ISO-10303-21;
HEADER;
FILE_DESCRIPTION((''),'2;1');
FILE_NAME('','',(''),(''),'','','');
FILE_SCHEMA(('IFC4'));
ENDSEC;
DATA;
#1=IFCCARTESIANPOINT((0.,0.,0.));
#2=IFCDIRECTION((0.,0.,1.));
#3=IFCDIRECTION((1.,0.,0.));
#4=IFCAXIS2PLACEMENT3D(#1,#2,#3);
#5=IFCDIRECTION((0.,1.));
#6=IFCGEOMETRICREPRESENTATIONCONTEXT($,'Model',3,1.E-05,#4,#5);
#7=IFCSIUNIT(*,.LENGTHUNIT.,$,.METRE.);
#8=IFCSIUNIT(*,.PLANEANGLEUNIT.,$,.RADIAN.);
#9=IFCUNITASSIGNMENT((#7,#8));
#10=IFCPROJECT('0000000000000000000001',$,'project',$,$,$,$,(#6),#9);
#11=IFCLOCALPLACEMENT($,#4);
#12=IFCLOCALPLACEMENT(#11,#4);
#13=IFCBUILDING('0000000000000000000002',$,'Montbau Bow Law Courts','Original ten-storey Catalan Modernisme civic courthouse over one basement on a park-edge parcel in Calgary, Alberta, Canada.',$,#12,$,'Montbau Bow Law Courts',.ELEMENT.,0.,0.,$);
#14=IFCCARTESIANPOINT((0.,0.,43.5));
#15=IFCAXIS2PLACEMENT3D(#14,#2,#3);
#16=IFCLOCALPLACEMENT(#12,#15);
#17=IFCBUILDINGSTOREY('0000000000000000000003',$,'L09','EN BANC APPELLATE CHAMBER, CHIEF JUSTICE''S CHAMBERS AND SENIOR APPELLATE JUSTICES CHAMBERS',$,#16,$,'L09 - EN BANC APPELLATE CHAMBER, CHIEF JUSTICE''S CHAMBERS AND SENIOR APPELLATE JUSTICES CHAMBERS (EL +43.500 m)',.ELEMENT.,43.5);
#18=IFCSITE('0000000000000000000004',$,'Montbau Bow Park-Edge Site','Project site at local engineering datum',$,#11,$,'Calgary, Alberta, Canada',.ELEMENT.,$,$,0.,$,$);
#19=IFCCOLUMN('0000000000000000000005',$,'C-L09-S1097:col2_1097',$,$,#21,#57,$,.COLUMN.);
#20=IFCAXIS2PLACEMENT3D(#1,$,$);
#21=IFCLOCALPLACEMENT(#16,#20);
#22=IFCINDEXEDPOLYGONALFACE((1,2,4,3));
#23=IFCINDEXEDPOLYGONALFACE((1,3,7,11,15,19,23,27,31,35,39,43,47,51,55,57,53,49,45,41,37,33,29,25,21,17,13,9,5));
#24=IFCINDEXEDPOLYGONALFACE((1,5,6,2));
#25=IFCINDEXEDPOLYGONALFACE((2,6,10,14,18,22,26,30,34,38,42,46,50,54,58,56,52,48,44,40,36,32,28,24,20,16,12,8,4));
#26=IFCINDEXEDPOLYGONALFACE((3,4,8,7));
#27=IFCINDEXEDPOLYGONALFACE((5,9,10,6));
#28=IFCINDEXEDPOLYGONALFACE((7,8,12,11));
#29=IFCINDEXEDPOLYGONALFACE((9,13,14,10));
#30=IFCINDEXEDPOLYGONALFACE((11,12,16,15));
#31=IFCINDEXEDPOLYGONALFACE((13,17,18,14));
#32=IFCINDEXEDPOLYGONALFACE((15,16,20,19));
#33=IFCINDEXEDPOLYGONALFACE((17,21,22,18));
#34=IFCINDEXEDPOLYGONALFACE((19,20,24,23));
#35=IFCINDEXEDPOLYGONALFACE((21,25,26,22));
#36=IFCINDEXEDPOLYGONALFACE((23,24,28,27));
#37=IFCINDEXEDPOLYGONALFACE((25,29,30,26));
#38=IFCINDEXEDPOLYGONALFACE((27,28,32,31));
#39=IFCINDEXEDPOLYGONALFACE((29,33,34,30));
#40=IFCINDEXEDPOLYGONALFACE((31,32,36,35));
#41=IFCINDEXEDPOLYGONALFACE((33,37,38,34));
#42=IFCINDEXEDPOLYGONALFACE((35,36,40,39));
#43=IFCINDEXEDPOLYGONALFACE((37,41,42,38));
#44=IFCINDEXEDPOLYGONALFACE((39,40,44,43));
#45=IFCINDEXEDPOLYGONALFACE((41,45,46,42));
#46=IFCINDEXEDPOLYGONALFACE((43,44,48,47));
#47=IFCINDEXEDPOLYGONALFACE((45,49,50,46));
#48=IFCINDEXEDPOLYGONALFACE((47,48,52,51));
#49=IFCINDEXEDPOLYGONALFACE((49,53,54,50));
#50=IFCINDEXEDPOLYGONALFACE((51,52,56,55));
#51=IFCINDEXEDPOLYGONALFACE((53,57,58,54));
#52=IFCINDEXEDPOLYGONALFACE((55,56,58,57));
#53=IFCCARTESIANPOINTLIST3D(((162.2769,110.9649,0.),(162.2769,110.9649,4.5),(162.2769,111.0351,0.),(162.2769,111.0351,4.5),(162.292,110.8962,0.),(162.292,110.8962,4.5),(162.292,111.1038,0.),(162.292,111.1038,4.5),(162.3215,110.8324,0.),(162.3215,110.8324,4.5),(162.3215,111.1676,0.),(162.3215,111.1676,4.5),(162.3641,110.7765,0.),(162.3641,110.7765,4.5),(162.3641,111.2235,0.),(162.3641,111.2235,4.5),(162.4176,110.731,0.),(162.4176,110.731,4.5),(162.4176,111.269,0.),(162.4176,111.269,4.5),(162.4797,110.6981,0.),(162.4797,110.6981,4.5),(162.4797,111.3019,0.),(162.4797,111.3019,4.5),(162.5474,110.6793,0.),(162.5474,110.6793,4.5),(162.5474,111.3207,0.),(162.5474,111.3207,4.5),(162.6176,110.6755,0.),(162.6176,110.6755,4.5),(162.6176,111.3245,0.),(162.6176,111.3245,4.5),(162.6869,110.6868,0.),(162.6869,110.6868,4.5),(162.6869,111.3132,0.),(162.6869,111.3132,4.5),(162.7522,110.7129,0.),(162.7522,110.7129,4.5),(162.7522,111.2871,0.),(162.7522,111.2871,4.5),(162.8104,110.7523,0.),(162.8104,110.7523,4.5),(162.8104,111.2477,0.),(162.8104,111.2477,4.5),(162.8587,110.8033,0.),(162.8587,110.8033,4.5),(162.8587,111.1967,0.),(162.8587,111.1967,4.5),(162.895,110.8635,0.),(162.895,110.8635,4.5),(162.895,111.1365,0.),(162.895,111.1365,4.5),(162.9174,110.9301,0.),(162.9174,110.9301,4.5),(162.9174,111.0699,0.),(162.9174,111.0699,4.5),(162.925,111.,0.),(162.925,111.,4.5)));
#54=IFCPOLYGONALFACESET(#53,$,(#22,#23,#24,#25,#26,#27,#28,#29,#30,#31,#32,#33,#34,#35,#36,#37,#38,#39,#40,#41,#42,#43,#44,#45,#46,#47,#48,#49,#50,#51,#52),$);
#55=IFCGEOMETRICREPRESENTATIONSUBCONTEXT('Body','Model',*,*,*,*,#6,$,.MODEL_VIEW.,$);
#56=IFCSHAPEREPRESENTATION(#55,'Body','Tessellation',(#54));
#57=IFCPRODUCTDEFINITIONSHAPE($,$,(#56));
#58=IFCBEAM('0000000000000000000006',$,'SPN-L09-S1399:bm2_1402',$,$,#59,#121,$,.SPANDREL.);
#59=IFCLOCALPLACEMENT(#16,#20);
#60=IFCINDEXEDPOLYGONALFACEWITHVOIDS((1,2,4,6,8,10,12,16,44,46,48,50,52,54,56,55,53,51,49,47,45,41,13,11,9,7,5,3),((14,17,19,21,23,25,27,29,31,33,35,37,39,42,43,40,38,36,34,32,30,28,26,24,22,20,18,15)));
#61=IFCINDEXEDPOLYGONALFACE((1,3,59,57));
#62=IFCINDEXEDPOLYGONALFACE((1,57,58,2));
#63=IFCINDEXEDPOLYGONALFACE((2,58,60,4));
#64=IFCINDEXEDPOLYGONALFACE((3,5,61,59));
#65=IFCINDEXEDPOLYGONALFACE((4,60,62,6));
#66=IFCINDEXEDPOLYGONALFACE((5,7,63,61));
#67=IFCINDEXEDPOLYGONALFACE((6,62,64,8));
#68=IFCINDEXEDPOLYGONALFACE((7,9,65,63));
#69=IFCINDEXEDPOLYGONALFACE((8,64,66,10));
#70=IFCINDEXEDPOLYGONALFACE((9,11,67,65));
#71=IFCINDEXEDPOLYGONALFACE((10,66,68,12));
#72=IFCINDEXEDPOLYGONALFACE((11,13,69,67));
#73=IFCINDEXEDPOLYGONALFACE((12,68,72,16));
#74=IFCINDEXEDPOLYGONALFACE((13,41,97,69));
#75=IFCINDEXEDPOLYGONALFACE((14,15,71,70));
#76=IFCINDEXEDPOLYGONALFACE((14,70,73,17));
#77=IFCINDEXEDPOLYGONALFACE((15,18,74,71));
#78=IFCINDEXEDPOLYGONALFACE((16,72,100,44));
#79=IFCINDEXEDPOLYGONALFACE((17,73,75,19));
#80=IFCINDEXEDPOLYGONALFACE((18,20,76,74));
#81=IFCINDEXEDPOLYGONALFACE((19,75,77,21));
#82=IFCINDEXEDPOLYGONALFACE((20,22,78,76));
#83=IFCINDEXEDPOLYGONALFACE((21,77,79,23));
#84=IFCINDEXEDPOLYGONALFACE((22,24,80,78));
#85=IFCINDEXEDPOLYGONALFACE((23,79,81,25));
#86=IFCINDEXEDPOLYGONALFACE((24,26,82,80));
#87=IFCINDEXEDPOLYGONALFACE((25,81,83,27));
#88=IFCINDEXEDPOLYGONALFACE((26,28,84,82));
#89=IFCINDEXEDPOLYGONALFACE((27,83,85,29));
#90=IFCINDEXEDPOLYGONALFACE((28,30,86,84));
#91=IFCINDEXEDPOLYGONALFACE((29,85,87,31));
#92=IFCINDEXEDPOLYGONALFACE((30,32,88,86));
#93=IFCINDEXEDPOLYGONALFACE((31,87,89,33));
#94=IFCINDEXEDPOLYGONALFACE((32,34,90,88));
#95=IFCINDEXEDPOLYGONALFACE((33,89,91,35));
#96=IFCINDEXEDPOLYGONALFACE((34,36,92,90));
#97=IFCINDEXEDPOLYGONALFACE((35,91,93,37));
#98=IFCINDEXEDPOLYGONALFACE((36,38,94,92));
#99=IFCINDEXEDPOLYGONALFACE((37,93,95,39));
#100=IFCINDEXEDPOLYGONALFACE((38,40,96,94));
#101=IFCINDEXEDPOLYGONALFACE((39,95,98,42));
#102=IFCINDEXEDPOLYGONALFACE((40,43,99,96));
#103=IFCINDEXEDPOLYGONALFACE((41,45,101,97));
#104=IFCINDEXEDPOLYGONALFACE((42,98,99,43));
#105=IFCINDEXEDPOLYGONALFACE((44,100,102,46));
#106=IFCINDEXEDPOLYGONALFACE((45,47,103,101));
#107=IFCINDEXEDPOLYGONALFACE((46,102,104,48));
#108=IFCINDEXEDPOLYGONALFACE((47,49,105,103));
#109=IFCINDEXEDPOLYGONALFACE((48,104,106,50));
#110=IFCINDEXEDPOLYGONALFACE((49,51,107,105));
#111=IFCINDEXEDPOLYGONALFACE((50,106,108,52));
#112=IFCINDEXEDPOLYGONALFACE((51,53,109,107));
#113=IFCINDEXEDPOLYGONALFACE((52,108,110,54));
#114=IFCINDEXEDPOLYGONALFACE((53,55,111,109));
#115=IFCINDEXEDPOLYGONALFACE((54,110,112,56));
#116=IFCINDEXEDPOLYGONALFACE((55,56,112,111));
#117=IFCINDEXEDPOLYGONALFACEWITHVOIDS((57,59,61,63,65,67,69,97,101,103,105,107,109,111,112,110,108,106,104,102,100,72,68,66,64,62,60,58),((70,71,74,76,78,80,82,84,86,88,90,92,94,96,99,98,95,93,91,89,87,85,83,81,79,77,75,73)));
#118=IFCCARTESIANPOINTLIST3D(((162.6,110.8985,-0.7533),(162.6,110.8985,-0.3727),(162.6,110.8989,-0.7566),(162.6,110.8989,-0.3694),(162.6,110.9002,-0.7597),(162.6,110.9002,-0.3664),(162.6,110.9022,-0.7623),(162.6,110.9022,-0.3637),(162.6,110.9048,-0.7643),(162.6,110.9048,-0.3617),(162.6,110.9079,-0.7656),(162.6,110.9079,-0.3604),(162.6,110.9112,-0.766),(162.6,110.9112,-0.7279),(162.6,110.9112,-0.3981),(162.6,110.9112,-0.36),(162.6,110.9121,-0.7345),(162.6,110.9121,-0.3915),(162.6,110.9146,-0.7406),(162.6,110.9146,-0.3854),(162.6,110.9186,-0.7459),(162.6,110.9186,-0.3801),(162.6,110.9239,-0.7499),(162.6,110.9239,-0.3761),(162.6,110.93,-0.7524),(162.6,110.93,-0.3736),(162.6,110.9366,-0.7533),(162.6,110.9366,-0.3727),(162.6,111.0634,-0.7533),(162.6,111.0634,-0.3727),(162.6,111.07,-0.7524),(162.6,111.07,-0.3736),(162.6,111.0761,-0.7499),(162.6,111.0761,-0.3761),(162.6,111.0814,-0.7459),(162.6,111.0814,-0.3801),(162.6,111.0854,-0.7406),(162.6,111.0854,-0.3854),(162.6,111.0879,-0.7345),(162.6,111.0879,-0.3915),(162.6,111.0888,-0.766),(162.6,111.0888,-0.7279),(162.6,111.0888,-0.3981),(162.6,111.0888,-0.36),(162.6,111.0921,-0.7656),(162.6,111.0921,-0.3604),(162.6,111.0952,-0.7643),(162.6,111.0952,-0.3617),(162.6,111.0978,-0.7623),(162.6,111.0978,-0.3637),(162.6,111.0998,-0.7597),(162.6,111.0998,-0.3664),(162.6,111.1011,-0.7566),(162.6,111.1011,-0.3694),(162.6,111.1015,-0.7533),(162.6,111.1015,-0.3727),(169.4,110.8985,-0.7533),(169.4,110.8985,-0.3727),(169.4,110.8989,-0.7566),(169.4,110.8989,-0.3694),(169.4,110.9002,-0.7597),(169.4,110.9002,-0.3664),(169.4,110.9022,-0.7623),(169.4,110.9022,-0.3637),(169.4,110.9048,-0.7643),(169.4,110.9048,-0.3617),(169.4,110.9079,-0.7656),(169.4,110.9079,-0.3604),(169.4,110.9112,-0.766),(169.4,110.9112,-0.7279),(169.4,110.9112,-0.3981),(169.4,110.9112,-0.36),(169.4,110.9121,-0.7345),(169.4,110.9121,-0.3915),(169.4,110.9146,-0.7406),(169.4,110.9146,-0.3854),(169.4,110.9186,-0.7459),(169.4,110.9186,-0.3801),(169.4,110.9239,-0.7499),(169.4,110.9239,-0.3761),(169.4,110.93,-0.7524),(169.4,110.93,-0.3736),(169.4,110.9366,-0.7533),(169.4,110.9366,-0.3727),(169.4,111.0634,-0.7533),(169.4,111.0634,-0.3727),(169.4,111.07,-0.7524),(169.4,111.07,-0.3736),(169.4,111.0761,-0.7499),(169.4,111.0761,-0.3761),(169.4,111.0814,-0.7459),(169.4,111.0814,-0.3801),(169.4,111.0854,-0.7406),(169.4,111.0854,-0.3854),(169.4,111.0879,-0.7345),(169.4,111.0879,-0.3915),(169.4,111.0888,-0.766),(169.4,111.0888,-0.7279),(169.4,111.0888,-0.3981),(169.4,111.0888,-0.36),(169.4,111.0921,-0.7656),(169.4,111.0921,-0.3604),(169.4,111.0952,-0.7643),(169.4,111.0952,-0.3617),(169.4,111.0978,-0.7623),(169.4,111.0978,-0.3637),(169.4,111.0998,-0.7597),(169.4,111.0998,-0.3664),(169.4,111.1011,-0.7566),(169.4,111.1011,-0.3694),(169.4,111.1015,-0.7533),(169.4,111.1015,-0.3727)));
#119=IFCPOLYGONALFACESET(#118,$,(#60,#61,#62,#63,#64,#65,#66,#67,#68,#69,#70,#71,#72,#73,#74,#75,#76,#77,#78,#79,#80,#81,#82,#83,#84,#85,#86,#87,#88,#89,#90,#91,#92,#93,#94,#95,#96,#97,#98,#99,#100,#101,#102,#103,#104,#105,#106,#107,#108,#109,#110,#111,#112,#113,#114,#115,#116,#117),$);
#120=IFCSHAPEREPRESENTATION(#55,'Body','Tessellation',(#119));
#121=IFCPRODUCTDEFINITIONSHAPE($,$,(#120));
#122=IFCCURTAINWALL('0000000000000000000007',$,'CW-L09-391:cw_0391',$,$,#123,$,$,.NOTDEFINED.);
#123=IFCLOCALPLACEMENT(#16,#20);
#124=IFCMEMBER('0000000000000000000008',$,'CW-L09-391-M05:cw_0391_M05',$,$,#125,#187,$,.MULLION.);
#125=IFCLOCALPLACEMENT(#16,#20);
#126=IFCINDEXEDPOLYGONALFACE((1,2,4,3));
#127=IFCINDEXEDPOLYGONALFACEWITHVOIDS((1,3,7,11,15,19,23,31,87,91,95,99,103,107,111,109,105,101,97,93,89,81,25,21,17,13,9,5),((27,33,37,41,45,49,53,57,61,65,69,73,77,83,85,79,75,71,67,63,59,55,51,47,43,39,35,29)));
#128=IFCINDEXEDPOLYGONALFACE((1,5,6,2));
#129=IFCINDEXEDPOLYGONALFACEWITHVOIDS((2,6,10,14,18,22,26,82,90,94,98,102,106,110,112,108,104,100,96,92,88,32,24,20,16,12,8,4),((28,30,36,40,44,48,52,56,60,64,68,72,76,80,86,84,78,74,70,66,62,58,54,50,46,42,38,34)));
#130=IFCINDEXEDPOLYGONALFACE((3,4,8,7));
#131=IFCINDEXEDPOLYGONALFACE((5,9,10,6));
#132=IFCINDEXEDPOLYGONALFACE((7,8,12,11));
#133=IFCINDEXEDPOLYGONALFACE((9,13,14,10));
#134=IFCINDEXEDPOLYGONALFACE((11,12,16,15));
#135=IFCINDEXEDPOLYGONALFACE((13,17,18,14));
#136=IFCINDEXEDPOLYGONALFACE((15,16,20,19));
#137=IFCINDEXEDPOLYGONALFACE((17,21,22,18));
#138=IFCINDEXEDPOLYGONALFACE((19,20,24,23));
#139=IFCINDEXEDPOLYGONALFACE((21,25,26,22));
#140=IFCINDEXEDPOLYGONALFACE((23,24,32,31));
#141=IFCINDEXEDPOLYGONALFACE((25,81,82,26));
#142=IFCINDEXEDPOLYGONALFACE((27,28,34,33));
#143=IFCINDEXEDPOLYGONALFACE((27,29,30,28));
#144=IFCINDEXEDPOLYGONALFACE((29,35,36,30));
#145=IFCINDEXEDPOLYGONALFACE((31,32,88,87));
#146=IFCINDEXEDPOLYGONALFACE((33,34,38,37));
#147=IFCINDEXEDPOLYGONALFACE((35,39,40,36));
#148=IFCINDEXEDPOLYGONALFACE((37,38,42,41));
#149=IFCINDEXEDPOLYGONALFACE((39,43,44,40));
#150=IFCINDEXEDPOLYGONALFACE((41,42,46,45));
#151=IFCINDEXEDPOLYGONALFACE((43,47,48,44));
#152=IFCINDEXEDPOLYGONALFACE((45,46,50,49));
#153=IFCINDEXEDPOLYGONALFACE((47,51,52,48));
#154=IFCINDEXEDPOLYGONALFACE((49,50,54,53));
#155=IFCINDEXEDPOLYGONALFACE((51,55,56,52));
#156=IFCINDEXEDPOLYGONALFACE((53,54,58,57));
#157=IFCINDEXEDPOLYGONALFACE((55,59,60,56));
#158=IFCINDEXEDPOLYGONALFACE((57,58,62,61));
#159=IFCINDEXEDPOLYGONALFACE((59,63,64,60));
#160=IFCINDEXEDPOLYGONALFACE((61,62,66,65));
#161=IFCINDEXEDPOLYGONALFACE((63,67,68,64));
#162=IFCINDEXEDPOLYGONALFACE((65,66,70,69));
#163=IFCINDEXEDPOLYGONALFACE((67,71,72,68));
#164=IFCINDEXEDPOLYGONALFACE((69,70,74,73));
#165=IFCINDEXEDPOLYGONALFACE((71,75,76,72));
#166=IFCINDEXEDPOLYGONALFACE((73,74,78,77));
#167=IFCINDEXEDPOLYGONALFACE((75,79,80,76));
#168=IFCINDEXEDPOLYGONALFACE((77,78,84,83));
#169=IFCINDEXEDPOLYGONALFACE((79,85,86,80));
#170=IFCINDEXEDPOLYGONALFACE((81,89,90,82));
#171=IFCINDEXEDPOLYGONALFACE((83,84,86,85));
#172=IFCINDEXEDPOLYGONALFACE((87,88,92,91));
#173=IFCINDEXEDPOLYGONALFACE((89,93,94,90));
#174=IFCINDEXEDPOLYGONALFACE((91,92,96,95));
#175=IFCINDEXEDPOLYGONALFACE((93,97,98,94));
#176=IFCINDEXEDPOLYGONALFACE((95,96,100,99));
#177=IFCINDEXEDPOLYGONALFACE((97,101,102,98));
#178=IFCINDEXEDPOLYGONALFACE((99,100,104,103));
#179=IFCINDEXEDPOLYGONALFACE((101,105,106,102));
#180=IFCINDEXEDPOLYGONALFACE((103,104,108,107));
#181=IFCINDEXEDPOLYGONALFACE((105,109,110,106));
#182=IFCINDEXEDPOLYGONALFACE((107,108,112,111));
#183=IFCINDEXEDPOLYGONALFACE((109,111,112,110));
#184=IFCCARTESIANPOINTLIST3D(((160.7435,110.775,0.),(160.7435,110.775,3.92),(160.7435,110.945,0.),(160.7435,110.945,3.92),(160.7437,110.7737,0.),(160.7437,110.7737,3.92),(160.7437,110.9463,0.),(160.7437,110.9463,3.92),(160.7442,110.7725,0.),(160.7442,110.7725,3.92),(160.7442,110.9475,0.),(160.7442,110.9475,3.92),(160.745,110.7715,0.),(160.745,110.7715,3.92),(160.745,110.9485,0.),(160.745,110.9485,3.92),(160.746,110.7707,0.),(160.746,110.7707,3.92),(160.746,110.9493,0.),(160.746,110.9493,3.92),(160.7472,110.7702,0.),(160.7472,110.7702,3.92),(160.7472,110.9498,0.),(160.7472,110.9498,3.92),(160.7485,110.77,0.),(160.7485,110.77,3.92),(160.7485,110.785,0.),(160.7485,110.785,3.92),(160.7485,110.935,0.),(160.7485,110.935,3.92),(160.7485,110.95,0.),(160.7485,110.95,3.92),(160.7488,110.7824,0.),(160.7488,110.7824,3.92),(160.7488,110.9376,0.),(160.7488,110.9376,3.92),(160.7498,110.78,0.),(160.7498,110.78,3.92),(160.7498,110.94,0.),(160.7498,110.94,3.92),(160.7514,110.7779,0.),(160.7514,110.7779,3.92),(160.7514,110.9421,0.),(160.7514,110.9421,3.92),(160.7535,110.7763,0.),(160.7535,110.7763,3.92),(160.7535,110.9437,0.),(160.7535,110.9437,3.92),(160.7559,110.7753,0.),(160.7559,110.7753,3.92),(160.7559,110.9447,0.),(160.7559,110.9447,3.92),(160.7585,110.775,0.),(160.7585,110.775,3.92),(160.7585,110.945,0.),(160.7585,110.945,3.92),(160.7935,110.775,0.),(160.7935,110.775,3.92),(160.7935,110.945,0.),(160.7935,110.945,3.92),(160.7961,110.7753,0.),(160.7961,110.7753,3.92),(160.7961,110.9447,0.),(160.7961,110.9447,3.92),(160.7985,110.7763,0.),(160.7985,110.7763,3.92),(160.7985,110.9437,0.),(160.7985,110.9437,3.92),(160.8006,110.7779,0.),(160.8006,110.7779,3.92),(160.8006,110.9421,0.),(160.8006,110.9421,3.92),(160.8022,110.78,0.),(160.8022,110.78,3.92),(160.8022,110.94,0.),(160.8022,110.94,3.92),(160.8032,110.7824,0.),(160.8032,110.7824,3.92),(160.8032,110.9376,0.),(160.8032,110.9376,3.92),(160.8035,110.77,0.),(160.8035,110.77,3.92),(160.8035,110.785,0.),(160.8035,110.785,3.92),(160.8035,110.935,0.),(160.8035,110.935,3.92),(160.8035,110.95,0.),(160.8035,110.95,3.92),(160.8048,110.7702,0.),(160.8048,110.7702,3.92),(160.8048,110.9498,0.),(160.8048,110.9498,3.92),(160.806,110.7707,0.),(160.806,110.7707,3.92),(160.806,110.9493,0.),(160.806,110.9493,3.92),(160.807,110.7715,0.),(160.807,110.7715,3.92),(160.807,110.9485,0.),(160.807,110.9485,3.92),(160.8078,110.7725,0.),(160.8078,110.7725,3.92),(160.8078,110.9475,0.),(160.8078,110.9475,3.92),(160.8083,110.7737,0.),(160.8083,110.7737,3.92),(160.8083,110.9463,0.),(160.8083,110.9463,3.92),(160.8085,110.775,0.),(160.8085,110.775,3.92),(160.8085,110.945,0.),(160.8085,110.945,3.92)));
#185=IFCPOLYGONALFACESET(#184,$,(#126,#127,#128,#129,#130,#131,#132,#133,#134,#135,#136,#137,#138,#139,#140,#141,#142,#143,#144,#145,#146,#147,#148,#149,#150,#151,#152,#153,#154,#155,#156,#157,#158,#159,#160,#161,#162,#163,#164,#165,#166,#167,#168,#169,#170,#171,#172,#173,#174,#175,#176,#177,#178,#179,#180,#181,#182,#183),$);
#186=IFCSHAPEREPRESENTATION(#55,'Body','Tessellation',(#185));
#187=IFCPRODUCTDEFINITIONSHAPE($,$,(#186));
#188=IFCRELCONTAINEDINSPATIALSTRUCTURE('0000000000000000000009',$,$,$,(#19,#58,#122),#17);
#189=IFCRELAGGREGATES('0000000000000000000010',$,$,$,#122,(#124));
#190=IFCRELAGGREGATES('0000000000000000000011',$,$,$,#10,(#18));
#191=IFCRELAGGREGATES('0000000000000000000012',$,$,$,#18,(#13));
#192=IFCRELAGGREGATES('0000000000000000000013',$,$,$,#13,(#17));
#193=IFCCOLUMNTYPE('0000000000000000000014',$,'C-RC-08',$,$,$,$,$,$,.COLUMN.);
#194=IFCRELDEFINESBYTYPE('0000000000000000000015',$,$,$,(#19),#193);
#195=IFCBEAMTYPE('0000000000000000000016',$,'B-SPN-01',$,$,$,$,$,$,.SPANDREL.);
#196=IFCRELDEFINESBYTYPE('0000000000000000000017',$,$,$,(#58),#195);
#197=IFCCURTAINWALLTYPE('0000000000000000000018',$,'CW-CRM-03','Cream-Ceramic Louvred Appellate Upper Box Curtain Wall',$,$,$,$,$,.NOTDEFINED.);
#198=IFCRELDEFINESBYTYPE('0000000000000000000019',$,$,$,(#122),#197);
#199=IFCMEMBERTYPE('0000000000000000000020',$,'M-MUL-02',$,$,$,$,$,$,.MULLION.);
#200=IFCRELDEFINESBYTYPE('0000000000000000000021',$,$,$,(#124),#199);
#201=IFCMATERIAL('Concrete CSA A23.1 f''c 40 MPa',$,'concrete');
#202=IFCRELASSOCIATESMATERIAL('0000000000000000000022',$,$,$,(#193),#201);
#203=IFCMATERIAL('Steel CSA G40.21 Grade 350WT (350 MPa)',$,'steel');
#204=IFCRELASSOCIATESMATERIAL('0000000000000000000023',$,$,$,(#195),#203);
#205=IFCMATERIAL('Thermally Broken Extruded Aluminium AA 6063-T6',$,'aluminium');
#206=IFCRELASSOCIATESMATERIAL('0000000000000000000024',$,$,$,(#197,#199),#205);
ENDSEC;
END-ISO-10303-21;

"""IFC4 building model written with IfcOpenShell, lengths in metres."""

from ifc_helpers import new_model, si_unit, direction, frame, origin_with_axes, origin_2d_with_axis, place, context, subcontext, project, spatial, hollow_rectangle, circle, extrude, material, material_profile, profile_set, type_object, element, aggregate, save


model = new_model("IFC4")

# Units and contexts
model_context = context("Model", 3, precision=1e-05, world=origin_with_axes(), true_north=direction((0.0, 1.0)))
body_context = subcontext(model_context, "Body", "Model", "MODEL_VIEW")
ifc_project = project(units=[si_unit("LENGTHUNIT", "METRE"), si_unit("PLANEANGLEUNIT", "RADIAN")], contexts=[model_context])

# Site, building, storey
site_placement = place(None, origin_with_axes())
site = spatial("IfcSite", under=ifc_project, at=site_placement, Name="Montbau Bow Park-Edge Site", Description="Project site at local engineering datum", LongName="Calgary, Alberta, Canada", CompositionType="ELEMENT", RefElevation=0.0)
building_placement = place(site_placement, origin_with_axes())
building = spatial("IfcBuilding", under=site, at=building_placement, Name="Montbau Bow Law Courts", Description="Original ten-storey Catalan Modernisme civic courthouse over one basement on a park-edge parcel in Calgary, Alberta, Canada.", LongName="Montbau Bow Law Courts", CompositionType="ELEMENT", ElevationOfRefHeight=0.0, ElevationOfTerrain=0.0)
storey_placement = place(building_placement, frame((0.0, 0.0, 43.5), z_axis=(0.0, 0.0, 1.0), x_axis=(1.0, 0.0, 0.0)))
storey = spatial("IfcBuildingStorey", under=building, at=storey_placement, Name="L09", Description="EN BANC APPELLATE CHAMBER, CHIEF JUSTICE'S CHAMBERS AND SENIOR APPELLATE JUSTICES CHAMBERS", LongName="L09 - EN BANC APPELLATE CHAMBER, CHIEF JUSTICE'S CHAMBERS AND SENIOR APPELLATE JUSTICES CHAMBERS (EL +43.500 m)", CompositionType="ELEMENT", Elevation=43.5)

# Column
ifc_material_1 = material(Name="Concrete CSA A23.1 f'c 40 MPa", Category="concrete")
ifc_material_profile_1 = material_profile(ifc_material_1, circle(Radius=0.325, at=origin_2d_with_axis()), Name="RC650D", Category="Main", Priority=0)
ifc_profile_set_1 = profile_set([ifc_material_profile_1], Name="Concrete CSA A23.1 f'c 40 MPa")
column_type = type_object("IfcColumnType", Name="C-RC-08", PredefinedType="COLUMN", material=ifc_profile_set_1)
column_placement = place(None, frame((162.6, 111.0, 43.5), z_axis=(0.0, 0.0, 1.0), x_axis=(1.0, 0.0, 0.0)))
element("IfcColumn", 1, at=column_placement, inside=storey, type_object=column_type, Name="C-L09-S1097:col2_1097", PredefinedType="COLUMN", context=body_context, shape_type="SweptSolid", body=[
    extrude(circle(Radius=0.325, at=origin_2d_with_axis()), origin_with_axes(), (0.0, 0.0, 1.0), 4.5),
])

# Beam
ifc_material_2 = material(Name="Steel CSA G40.21 Grade 350WT (350 MPa)", Category="steel")
ifc_material_profile_2 = material_profile(ifc_material_2, hollow_rectangle(XDim=0.203, YDim=0.406, WallThickness=0.0127, InnerFilletRadius=0.0254, OuterFilletRadius=0.0127, at=origin_2d_with_axis()), Name="HSS406X203X13", Category="Main", Priority=0)
ifc_profile_set_2 = profile_set([ifc_material_profile_2], Name="Steel CSA G40.21 Grade 350WT (350 MPa)")
beam_type = type_object("IfcBeamType", Name="B-SPN-01", PredefinedType="SPANDREL", material=ifc_profile_set_2)
beam_placement = place(None, frame((162.6, 111.0, 42.937), z_axis=(1.0, 0.0, 0.0), x_axis=(0.0, 1.0, 0.0)))
element("IfcBeam", 2, at=beam_placement, inside=storey, type_object=beam_type, Name="SPN-L09-S1399:bm2_1402", PredefinedType="SPANDREL", context=body_context, shape_type="SweptSolid", body=[
    extrude(hollow_rectangle(XDim=0.203, YDim=0.406, WallThickness=0.0127, InnerFilletRadius=0.0254, OuterFilletRadius=0.0127, at=origin_2d_with_axis()), origin_with_axes(), (0.0, 0.0, 1.0), 6.8),
])

# Curtain wall, member
ifc_material_3 = material(Name="Thermally Broken Extruded Aluminium AA 6063-T6", Category="aluminium")
curtain_wall_type = type_object("IfcCurtainWallType", Name="CW-CRM-03", Description="Cream-Ceramic Louvred Appellate Upper Box Curtain Wall", PredefinedType="NOTDEFINED", material=ifc_material_3)
curtain_wall_placement = place(None, frame((155.24, 110.86, 43.5), z_axis=(0.0, 0.0, 1.0), x_axis=(1.0, 0.0, 0.0)))
curtain_wall = element("IfcCurtainWall", 3, at=curtain_wall_placement, inside=storey, type_object=curtain_wall_type, Name="CW-L09-391:cw_0391", PredefinedType="NOTDEFINED")
ifc_material_profile_3 = material_profile(ifc_material_3, hollow_rectangle(XDim=0.065, YDim=0.18, WallThickness=0.005, InnerFilletRadius=0.01, OuterFilletRadius=0.005, at=origin_2d_with_axis()), Name="CWM-180X65", Category="Main", Priority=0)
ifc_profile_set_3 = profile_set([ifc_material_profile_3], Name="Thermally Broken Extruded Aluminium AA 6063-T6")
member_type_1 = type_object("IfcMemberType", Name="M-MUL-02", PredefinedType="MULLION", material=ifc_profile_set_3)
member_1_placement = place(None, frame((160.776, 110.86, 43.5), z_axis=(0.0, 0.0, 1.0), x_axis=(1.0, 0.0, 0.0)))
member_1 = element("IfcMember", 4, at=member_1_placement, type_object=member_type_1, Name="CW-L09-391-M05:cw_0391_M05", PredefinedType="MULLION", context=body_context, shape_type="SweptSolid", body=[
    extrude(hollow_rectangle(XDim=0.065, YDim=0.18, WallThickness=0.005, InnerFilletRadius=0.01, OuterFilletRadius=0.005, at=origin_2d_with_axis()), origin_with_axes(), (0.0, 0.0, 1.0), 3.92),
])
aggregate(curtain_wall, [member_1])

save(model, "model.ifc")
